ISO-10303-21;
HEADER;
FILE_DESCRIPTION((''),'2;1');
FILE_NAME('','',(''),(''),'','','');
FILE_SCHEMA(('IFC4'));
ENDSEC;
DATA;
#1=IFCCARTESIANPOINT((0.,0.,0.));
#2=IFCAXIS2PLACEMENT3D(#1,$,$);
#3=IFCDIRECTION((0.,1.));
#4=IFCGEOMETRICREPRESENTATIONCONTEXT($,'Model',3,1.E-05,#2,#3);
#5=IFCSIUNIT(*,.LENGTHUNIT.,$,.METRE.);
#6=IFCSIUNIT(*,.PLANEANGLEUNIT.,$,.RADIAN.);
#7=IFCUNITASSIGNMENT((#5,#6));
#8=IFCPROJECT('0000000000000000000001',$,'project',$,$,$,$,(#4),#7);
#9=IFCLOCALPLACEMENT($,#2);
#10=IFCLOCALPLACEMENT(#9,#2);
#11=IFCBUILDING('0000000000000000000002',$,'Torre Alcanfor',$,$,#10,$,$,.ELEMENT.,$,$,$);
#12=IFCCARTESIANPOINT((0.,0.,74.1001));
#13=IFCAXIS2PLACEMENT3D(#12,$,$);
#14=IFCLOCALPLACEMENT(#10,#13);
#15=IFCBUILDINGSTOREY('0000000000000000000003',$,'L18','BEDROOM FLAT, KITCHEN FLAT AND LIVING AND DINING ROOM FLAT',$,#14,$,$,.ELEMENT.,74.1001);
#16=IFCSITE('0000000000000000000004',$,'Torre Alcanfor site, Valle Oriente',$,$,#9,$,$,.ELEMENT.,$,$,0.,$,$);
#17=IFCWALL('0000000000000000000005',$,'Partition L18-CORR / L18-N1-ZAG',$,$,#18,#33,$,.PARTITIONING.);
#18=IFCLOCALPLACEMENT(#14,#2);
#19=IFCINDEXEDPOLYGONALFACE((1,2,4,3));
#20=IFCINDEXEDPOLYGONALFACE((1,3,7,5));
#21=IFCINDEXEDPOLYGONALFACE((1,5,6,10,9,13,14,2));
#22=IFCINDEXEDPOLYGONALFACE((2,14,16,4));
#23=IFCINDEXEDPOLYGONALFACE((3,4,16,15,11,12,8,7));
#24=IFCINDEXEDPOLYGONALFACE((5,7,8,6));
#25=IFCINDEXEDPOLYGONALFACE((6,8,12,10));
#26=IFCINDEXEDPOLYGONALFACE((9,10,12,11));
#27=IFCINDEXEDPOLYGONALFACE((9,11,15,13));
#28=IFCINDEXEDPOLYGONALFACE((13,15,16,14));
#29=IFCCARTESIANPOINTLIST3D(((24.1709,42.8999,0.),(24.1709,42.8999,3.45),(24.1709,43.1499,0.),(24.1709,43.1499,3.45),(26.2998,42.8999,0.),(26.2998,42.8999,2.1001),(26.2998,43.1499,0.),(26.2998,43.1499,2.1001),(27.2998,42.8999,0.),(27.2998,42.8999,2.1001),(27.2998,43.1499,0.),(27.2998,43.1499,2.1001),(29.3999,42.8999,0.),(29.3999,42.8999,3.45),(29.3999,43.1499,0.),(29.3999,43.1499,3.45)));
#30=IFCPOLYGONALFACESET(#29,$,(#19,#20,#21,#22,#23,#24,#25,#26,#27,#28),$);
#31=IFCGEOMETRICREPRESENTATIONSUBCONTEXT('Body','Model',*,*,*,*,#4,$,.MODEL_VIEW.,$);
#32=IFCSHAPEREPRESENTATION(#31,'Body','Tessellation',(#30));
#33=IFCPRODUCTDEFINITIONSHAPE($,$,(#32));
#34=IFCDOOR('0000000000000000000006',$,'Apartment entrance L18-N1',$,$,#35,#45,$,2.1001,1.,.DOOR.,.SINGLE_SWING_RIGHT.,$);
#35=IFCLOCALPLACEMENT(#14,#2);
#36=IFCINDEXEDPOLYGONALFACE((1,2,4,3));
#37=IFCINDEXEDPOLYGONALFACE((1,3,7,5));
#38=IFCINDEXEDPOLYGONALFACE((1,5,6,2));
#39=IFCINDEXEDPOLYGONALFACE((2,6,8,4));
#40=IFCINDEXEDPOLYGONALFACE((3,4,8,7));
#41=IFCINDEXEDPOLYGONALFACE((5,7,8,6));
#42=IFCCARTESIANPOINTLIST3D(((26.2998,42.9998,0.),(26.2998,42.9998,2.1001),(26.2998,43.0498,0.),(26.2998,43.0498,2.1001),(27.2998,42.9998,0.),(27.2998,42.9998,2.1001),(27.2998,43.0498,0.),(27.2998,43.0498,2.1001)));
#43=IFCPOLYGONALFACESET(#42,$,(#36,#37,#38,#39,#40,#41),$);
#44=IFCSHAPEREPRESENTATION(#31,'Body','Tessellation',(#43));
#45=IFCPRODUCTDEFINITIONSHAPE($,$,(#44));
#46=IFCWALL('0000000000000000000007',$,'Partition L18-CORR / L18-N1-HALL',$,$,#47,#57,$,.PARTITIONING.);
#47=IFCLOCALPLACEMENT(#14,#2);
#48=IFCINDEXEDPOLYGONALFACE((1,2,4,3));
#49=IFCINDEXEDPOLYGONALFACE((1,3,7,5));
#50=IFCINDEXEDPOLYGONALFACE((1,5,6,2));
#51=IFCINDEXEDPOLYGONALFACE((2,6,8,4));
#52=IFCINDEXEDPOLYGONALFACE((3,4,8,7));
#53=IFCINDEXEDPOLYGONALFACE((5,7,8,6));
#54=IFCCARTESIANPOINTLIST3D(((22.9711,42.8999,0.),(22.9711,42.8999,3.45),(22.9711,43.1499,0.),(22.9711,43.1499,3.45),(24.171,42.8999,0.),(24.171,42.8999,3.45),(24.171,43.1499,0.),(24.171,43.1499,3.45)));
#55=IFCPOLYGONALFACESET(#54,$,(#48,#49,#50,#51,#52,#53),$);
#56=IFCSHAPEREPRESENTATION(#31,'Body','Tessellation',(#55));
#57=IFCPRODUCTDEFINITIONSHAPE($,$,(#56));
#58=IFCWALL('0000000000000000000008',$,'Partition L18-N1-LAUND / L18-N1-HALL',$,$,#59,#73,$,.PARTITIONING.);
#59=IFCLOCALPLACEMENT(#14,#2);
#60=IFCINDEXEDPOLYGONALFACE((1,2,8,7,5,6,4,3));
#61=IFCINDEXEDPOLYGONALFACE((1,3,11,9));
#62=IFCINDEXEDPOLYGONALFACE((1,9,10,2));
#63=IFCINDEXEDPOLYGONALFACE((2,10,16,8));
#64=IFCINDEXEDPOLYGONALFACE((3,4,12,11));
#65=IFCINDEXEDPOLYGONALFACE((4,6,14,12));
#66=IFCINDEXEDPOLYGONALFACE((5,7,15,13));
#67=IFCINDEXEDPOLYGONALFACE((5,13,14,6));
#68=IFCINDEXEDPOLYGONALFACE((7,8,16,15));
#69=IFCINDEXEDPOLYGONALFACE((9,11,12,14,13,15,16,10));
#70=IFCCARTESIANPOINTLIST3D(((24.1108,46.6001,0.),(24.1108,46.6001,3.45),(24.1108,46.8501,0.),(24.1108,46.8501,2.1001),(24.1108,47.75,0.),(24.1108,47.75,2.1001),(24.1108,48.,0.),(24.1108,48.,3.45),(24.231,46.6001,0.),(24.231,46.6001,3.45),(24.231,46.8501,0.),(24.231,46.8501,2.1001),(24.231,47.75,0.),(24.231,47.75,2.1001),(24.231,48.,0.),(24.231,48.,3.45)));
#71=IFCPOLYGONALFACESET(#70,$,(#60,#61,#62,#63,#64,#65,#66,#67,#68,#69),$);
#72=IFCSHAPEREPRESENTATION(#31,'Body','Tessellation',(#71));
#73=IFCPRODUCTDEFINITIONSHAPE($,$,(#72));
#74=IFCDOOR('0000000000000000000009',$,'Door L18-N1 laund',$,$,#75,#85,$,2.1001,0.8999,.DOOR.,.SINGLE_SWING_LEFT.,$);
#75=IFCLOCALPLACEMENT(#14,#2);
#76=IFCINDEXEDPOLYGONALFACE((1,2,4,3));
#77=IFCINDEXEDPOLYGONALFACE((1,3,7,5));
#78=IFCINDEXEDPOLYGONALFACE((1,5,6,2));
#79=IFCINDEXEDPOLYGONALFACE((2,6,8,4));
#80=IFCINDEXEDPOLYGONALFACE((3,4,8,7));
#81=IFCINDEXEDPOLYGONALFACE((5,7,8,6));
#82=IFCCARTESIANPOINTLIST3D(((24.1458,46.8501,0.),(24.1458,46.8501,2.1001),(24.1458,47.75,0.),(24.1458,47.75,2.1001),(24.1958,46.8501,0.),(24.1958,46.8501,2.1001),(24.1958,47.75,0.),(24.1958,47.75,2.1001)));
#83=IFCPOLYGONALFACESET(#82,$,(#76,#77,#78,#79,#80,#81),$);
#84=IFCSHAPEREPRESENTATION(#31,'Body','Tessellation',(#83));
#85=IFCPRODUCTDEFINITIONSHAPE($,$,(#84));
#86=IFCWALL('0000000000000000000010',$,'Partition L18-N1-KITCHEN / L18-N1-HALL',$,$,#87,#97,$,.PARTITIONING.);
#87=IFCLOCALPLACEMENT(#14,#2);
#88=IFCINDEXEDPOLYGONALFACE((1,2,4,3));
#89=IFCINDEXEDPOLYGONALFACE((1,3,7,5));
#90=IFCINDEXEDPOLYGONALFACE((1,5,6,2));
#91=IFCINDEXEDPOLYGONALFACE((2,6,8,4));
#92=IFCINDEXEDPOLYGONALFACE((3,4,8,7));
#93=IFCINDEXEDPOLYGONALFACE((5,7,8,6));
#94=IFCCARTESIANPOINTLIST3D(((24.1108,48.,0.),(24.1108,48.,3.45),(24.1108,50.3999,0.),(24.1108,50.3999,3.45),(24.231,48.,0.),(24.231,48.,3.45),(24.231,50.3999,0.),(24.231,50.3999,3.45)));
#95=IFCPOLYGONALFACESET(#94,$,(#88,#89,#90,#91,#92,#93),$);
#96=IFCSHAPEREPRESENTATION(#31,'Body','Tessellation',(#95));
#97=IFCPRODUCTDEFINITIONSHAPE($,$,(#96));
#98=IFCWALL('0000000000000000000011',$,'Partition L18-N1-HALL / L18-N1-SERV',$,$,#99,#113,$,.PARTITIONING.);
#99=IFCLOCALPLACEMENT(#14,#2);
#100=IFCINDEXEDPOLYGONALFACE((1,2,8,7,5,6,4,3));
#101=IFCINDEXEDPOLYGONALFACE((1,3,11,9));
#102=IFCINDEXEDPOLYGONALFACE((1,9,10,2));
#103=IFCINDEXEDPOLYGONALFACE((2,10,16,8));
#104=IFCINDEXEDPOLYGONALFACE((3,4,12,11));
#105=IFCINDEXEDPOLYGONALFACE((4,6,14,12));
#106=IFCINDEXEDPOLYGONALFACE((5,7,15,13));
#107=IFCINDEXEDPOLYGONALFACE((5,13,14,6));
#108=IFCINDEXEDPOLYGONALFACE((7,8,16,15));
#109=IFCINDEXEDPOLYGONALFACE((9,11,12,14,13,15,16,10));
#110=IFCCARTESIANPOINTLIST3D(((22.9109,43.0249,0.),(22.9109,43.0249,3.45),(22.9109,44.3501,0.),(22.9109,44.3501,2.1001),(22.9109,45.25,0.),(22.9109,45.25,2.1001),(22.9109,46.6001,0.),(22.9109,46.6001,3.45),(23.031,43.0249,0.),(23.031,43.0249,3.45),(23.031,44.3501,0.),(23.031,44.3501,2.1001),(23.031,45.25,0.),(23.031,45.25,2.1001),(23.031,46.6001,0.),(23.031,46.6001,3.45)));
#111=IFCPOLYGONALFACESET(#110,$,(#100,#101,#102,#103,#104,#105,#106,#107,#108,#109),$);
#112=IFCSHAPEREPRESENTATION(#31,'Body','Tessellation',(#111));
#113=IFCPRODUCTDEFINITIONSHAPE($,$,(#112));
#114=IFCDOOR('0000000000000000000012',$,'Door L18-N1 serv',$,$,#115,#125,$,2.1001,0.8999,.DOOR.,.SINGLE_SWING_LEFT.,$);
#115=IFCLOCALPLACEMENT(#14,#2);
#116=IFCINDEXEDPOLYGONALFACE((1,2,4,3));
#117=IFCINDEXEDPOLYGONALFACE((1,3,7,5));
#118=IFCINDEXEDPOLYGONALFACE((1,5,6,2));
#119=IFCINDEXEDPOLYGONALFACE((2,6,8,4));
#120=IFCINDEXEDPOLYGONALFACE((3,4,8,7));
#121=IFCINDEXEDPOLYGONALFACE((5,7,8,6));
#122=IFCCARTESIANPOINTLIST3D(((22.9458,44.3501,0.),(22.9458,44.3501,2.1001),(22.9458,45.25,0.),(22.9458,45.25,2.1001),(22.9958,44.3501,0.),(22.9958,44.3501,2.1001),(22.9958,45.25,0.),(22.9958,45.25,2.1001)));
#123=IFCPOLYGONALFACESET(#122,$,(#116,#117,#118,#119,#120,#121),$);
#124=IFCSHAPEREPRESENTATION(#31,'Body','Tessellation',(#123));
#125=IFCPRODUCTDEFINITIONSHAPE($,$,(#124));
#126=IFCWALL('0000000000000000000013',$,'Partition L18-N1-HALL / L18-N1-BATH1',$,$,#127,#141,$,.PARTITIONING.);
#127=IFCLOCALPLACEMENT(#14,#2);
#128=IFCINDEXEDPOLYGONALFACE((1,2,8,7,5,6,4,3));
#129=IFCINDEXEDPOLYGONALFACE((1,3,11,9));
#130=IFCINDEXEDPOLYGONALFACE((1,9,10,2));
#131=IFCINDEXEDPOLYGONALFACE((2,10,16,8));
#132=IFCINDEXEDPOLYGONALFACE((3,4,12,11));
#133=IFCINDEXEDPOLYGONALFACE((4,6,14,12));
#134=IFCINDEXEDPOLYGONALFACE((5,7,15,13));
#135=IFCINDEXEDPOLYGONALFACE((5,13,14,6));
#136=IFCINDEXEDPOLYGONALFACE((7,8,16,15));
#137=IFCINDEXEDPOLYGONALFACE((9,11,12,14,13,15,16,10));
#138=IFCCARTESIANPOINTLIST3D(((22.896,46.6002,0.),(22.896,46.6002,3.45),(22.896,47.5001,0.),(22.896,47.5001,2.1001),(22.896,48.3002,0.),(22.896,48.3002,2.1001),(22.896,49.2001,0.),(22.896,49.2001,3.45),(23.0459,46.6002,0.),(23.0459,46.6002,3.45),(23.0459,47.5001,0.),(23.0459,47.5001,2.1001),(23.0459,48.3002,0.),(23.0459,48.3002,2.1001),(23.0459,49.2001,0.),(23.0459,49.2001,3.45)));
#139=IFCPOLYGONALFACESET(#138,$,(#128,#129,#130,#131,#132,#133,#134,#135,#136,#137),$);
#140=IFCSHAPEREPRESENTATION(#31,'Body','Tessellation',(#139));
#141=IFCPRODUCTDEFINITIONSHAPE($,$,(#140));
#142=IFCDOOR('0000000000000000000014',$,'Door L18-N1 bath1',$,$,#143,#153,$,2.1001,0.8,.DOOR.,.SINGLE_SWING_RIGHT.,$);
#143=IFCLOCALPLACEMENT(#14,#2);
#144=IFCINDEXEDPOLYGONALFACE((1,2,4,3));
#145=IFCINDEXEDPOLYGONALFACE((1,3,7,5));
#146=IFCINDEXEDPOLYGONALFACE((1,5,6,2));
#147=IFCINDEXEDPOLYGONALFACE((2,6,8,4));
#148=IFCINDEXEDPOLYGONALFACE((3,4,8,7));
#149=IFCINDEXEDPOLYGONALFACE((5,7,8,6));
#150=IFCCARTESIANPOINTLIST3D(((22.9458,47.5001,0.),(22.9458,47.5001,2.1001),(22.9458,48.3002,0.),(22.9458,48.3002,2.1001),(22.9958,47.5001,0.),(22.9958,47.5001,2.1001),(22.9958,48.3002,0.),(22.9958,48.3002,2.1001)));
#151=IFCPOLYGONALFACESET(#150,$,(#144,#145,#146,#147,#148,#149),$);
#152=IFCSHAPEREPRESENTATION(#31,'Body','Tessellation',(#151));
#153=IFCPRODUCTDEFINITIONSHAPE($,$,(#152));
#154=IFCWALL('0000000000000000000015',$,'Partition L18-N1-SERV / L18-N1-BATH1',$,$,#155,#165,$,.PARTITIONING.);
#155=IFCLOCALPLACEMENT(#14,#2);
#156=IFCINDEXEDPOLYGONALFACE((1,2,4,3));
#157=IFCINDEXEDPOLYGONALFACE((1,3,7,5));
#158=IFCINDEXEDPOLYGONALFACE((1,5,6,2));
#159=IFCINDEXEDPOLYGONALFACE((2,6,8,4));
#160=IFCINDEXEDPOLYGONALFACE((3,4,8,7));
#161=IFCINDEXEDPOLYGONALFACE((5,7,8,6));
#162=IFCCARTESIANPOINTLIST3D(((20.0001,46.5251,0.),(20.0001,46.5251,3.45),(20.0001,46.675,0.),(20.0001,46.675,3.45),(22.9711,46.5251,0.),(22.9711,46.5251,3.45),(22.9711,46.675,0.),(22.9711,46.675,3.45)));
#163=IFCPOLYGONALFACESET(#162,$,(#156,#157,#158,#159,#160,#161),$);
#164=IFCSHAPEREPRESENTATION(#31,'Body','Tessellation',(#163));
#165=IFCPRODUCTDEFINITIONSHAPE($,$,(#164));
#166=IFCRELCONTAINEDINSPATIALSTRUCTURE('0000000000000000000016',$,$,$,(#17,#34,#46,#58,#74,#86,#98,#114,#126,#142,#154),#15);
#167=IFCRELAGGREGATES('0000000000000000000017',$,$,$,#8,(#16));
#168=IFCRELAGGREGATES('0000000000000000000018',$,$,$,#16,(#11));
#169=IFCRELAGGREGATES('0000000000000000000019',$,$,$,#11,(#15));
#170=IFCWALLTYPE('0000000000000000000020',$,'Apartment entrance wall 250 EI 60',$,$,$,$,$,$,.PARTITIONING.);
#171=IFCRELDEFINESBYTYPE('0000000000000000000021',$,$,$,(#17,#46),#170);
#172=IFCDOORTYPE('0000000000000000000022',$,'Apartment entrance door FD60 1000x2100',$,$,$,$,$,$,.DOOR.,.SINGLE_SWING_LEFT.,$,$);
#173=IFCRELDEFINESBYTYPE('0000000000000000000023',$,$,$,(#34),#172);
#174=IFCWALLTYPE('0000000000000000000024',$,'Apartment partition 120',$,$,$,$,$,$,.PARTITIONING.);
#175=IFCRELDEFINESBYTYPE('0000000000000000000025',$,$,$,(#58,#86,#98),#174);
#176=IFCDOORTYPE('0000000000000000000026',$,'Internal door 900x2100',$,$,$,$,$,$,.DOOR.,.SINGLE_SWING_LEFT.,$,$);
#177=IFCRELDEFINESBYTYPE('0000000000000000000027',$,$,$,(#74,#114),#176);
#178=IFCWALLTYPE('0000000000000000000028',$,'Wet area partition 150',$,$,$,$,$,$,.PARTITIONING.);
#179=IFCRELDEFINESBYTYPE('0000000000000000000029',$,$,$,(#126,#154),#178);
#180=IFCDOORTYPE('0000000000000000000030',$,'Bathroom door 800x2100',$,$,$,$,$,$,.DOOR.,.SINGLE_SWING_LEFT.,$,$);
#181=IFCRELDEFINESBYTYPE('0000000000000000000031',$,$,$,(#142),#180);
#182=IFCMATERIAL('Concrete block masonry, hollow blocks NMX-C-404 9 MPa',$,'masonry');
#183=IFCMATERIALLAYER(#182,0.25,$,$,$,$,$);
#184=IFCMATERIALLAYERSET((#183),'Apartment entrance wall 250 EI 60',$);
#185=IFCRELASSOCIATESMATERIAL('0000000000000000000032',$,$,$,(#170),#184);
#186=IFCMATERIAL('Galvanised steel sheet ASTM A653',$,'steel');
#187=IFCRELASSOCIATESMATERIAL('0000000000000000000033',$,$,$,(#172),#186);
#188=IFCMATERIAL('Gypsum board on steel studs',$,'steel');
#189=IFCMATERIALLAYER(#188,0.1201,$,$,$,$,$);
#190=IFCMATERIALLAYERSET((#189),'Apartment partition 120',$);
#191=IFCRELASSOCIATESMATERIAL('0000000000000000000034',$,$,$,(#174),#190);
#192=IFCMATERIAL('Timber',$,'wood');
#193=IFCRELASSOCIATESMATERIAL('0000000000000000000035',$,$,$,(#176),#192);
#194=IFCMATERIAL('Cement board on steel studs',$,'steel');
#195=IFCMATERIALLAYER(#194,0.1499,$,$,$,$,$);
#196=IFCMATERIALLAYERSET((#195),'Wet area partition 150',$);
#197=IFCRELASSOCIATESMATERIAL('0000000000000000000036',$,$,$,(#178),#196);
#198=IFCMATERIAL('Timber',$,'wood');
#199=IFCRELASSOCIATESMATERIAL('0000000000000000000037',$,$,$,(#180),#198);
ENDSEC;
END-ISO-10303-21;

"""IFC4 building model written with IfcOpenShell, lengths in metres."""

from ifc_helpers import new_model, si_unit, direction, frame, frame_2d, origin, place, context, subcontext, project, spatial, rectangle, extrude, material, layer, layer_set, type_object, element, fill, save


model = new_model("IFC4")

# Units and contexts
model_context = context("Model", 3, precision=1e-05, world=origin(), true_north=direction((0.0, 1.0)))
body_context = subcontext(model_context, "Body", "Model", "MODEL_VIEW")
ifc_project = project(units=[si_unit("LENGTHUNIT", "METRE"), si_unit("PLANEANGLEUNIT", "RADIAN")], contexts=[model_context])

# Site, building, storey
site_placement = place(None, origin())
site = spatial("IfcSite", under=ifc_project, at=site_placement, Name="Torre Alcanfor site, Valle Oriente", CompositionType="ELEMENT", RefElevation=0.0)
building_placement = place(site_placement, origin())
building = spatial("IfcBuilding", under=site, at=building_placement, Name="Torre Alcanfor", CompositionType="ELEMENT")
storey_placement = place(building_placement, frame((0.0, 0.0, 74.1001)))
storey = spatial("IfcBuildingStorey", under=building, at=storey_placement, Name="L18", Description="BEDROOM FLAT, KITCHEN FLAT AND LIVING AND DINING ROOM FLAT", CompositionType="ELEMENT", Elevation=74.1001)

# Wall, opening, door
ifc_material_1 = material(Name="Concrete block masonry, hollow blocks NMX-C-404 9 MPa", Category="masonry")
ifc_layer_1 = layer(ifc_material_1, 0.25)
ifc_layer_set_1 = layer_set([ifc_layer_1], Name="Apartment entrance wall 250 EI 60")
wall_type_1 = type_object("IfcWallType", Name="Apartment entrance wall 250 EI 60", PredefinedType="PARTITIONING", material=ifc_layer_set_1)
wall_1_placement = place(storey_placement, frame((24.1709, 43.0249, 0.0), z_axis=(0.0, 0.0, 1.0), x_axis=(1.0, 0.0, 0.0)))
wall_1 = element("IfcWall", 1, at=wall_1_placement, inside=storey, type_object=wall_type_1, Name="Partition L18-CORR / L18-N1-ZAG", PredefinedType="PARTITIONING", context=body_context, shape_type="SweptSolid", body=[
    extrude(rectangle(XDim=5.229, YDim=0.25, at=frame_2d((2.6145, 0.0))), origin(), (0.0, 0.0, 1.0), 3.45),
])
opening_1_placement = place(wall_1_placement, frame((2.1289, 0.0, 0.0)))
opening_1 = element("IfcOpeningElement", 2, at=opening_1_placement, cuts=wall_1, PredefinedType="OPENING", context=body_context, shape_type="SweptSolid", body=[
    extrude(rectangle(XDim=1.0, YDim=2.1001, at=frame_2d((0.5, 1.05))), frame((0.0, 0.135, 0.0), z_axis=(0.0, -1.0, 0.0), x_axis=(1.0, 0.0, 0.0)), (0.0, 0.0, 1.0), 0.27),
])
ifc_material_2 = material(Name="Galvanised steel sheet ASTM A653", Category="steel")
door_type_1 = type_object("IfcDoorType", Name="Apartment entrance door FD60 1000x2100", OperationType="SINGLE_SWING_LEFT", PredefinedType="DOOR", material=ifc_material_2)
door_1_placement = place(opening_1_placement, origin())
door_1 = element("IfcDoor", 3, at=door_1_placement, inside=storey, type_object=door_type_1, Name="Apartment entrance L18-N1", OperationType="SINGLE_SWING_RIGHT", OverallHeight=2.1001, OverallWidth=1.0, PredefinedType="DOOR", context=body_context, shape_type="SweptSolid", body=[
    extrude(rectangle(XDim=1.0, YDim=2.1001, at=frame_2d((0.5, 1.05))), frame((0.0, 0.0249, 0.0), z_axis=(0.0, -1.0, 0.0), x_axis=(1.0, 0.0, 0.0)), (0.0, 0.0, 1.0), 0.05),
])
fill(opening_1, door_1)

# Wall
wall_2_placement = place(storey_placement, frame((22.9709, 43.0249, 0.0), z_axis=(0.0, 0.0, 1.0), x_axis=(1.0, 0.0, 0.0)))
element("IfcWall", 4, at=wall_2_placement, inside=storey, type_object=wall_type_1, Name="Partition L18-CORR / L18-N1-HALL", PredefinedType="PARTITIONING", context=body_context, shape_type="SweptSolid", body=[
    extrude(rectangle(XDim=1.2, YDim=0.25, at=frame_2d((0.6001, 0.0))), origin(), (0.0, 0.0, 1.0), 3.45),
])

# Wall, opening, door
ifc_material_3 = material(Name="Gypsum board on steel studs", Category="steel")
ifc_layer_2 = layer(ifc_material_3, 0.1201)
ifc_layer_set_2 = layer_set([ifc_layer_2], Name="Apartment partition 120")
wall_type_2 = type_object("IfcWallType", Name="Apartment partition 120", PredefinedType="PARTITIONING", material=ifc_layer_set_2)
wall_3_placement = place(storey_placement, frame((24.1709, 48.0, 0.0), z_axis=(0.0, 0.0, 1.0), x_axis=(0.0, -1.0, 0.0)))
wall_3 = element("IfcWall", 5, at=wall_3_placement, inside=storey, type_object=wall_type_2, Name="Partition L18-N1-LAUND / L18-N1-HALL", PredefinedType="PARTITIONING", context=body_context, shape_type="SweptSolid", body=[
    extrude(rectangle(XDim=1.3999, YDim=0.1201, at=frame_2d((0.7, 0.0))), origin(), (0.0, 0.0, 1.0), 3.45),
])
opening_2_placement = place(wall_3_placement, frame((0.25, 0.0, 0.0)))
opening_2 = element("IfcOpeningElement", 6, at=opening_2_placement, cuts=wall_3, PredefinedType="OPENING", context=body_context, shape_type="SweptSolid", body=[
    extrude(rectangle(XDim=0.8999, YDim=2.1001, at=frame_2d((0.45, 1.05))), frame((0.0, 0.0701, 0.0), z_axis=(0.0, -1.0, 0.0), x_axis=(1.0, 0.0, 0.0)), (0.0, 0.0, 1.0), 0.1401),
])
ifc_material_4 = material(Name="Timber", Category="wood")
door_type_2 = type_object("IfcDoorType", Name="Internal door 900x2100", OperationType="SINGLE_SWING_LEFT", PredefinedType="DOOR", material=ifc_material_4)
door_2_placement = place(opening_2_placement, origin())
door_2 = element("IfcDoor", 7, at=door_2_placement, inside=storey, type_object=door_type_2, Name="Door L18-N1 laund", OperationType="SINGLE_SWING_LEFT", OverallHeight=2.1001, OverallWidth=0.8999, PredefinedType="DOOR", context=body_context, shape_type="SweptSolid", body=[
    extrude(rectangle(XDim=0.8999, YDim=2.1001, at=frame_2d((0.45, 1.05))), frame((0.0, 0.0249, 0.0), z_axis=(0.0, -1.0, 0.0), x_axis=(1.0, 0.0, 0.0)), (0.0, 0.0, 1.0), 0.05),
])
fill(opening_2, door_2)

# Wall
wall_4_placement = place(storey_placement, frame((24.1709, 50.3999, 0.0), z_axis=(0.0, 0.0, 1.0), x_axis=(0.0, -1.0, 0.0)))
element("IfcWall", 8, at=wall_4_placement, inside=storey, type_object=wall_type_2, Name="Partition L18-N1-KITCHEN / L18-N1-HALL", PredefinedType="PARTITIONING", context=body_context, shape_type="SweptSolid", body=[
    extrude(rectangle(XDim=2.3999, YDim=0.1201, at=frame_2d((1.2, 0.0))), origin(), (0.0, 0.0, 1.0), 3.45),
])

# Walls, openings, doors
wall_5_placement = place(storey_placement, frame((22.9709, 46.6001, 0.0), z_axis=(0.0, 0.0, 1.0), x_axis=(0.0, -1.0, 0.0)))
wall_5 = element("IfcWall", 9, at=wall_5_placement, inside=storey, type_object=wall_type_2, Name="Partition L18-N1-HALL / L18-N1-SERV", PredefinedType="PARTITIONING", context=body_context, shape_type="SweptSolid", body=[
    extrude(rectangle(XDim=3.5752, YDim=0.1201, at=frame_2d((1.7876, 0.0))), origin(), (0.0, 0.0, 1.0), 3.45),
])
opening_3_placement = place(wall_5_placement, frame((1.3501, 0.0, 0.0)))
opening_3 = element("IfcOpeningElement", 10, at=opening_3_placement, cuts=wall_5, PredefinedType="OPENING", context=body_context, shape_type="SweptSolid", body=[
    extrude(rectangle(XDim=0.8999, YDim=2.1001, at=frame_2d((0.45, 1.05))), frame((0.0, 0.0701, 0.0), z_axis=(0.0, -1.0, 0.0), x_axis=(1.0, 0.0, 0.0)), (0.0, 0.0, 1.0), 0.1401),
])
door_3_placement = place(opening_3_placement, frame((0.8999, 0.0, 0.0), z_axis=(0.0, 0.0, 1.0), x_axis=(-1.0, 0.0, 0.0)))
door_3 = element("IfcDoor", 11, at=door_3_placement, inside=storey, type_object=door_type_2, Name="Door L18-N1 serv", OperationType="SINGLE_SWING_LEFT", OverallHeight=2.1001, OverallWidth=0.8999, PredefinedType="DOOR", context=body_context, shape_type="SweptSolid", body=[
    extrude(rectangle(XDim=0.8999, YDim=2.1001, at=frame_2d((0.45, 1.05))), frame((0.0, 0.0251, 0.0), z_axis=(0.0, -1.0, 0.0), x_axis=(1.0, 0.0, 0.0)), (0.0, 0.0, 1.0), 0.05),
])
fill(opening_3, door_3)
ifc_material_5 = material(Name="Cement board on steel studs", Category="steel")
ifc_layer_3 = layer(ifc_material_5, 0.1499)
ifc_layer_set_3 = layer_set([ifc_layer_3], Name="Wet area partition 150")
wall_type_3 = type_object("IfcWallType", Name="Wet area partition 150", PredefinedType="PARTITIONING", material=ifc_layer_set_3)
wall_6_placement = place(storey_placement, frame((22.9709, 49.2, 0.0), z_axis=(0.0, 0.0, 1.0), x_axis=(0.0, -1.0, 0.0)))
wall_6 = element("IfcWall", 12, at=wall_6_placement, inside=storey, type_object=wall_type_3, Name="Partition L18-N1-HALL / L18-N1-BATH1", PredefinedType="PARTITIONING", context=body_context, shape_type="SweptSolid", body=[
    extrude(rectangle(XDim=2.5999, YDim=0.1499, at=frame_2d((1.2998, 0.0))), origin(), (0.0, 0.0, 1.0), 3.45),
])
opening_4_placement = place(wall_6_placement, frame((0.8999, 0.0, 0.0)))
opening_4 = element("IfcOpeningElement", 13, at=opening_4_placement, cuts=wall_6, PredefinedType="OPENING", context=body_context, shape_type="SweptSolid", body=[
    extrude(rectangle(XDim=0.8, YDim=2.1001, at=frame_2d((0.3999, 1.05))), frame((0.0, 0.085, 0.0), z_axis=(0.0, -1.0, 0.0), x_axis=(1.0, 0.0, 0.0)), (0.0, 0.0, 1.0), 0.1699),
])
ifc_material_6 = material(Name="Timber", Category="wood")
door_type_3 = type_object("IfcDoorType", Name="Bathroom door 800x2100", OperationType="SINGLE_SWING_LEFT", PredefinedType="DOOR", material=ifc_material_6)
door_4_placement = place(opening_4_placement, frame((0.8, 0.0, 0.0), z_axis=(0.0, 0.0, 1.0), x_axis=(-1.0, 0.0, 0.0)))
door_4 = element("IfcDoor", 14, at=door_4_placement, inside=storey, type_object=door_type_3, Name="Door L18-N1 bath1", OperationType="SINGLE_SWING_RIGHT", OverallHeight=2.1001, OverallWidth=0.8, PredefinedType="DOOR", context=body_context, shape_type="SweptSolid", body=[
    extrude(rectangle(XDim=0.8, YDim=2.1001, at=frame_2d((0.4001, 1.05))), frame((0.0, 0.0251, 0.0), z_axis=(0.0, -1.0, 0.0), x_axis=(1.0, 0.0, 0.0)), (0.0, 0.0, 1.0), 0.05),
])
fill(opening_4, door_4)

# Wall
for number, where, z_axis, x_axis, name in (
    (15, (22.9709, 46.6001, 0.0), (0.0, 0.0, 1.0), (-1.0, 0.0, 0.0), "Partition L18-N1-SERV / L18-N1-BATH1"),
):
    element("IfcWall", number, at=place(storey_placement, frame(where, z_axis=z_axis, x_axis=x_axis)), inside=storey, type_object=wall_type_3, Name=name, PredefinedType="PARTITIONING", context=body_context, shape_type="SweptSolid", body=[
        extrude(rectangle(XDim=2.9709, YDim=0.1499, at=frame_2d((1.4854, 0.0))), origin(), (0.0, 0.0, 1.0), 3.45),
    ])

save(model, "model.ifc")
